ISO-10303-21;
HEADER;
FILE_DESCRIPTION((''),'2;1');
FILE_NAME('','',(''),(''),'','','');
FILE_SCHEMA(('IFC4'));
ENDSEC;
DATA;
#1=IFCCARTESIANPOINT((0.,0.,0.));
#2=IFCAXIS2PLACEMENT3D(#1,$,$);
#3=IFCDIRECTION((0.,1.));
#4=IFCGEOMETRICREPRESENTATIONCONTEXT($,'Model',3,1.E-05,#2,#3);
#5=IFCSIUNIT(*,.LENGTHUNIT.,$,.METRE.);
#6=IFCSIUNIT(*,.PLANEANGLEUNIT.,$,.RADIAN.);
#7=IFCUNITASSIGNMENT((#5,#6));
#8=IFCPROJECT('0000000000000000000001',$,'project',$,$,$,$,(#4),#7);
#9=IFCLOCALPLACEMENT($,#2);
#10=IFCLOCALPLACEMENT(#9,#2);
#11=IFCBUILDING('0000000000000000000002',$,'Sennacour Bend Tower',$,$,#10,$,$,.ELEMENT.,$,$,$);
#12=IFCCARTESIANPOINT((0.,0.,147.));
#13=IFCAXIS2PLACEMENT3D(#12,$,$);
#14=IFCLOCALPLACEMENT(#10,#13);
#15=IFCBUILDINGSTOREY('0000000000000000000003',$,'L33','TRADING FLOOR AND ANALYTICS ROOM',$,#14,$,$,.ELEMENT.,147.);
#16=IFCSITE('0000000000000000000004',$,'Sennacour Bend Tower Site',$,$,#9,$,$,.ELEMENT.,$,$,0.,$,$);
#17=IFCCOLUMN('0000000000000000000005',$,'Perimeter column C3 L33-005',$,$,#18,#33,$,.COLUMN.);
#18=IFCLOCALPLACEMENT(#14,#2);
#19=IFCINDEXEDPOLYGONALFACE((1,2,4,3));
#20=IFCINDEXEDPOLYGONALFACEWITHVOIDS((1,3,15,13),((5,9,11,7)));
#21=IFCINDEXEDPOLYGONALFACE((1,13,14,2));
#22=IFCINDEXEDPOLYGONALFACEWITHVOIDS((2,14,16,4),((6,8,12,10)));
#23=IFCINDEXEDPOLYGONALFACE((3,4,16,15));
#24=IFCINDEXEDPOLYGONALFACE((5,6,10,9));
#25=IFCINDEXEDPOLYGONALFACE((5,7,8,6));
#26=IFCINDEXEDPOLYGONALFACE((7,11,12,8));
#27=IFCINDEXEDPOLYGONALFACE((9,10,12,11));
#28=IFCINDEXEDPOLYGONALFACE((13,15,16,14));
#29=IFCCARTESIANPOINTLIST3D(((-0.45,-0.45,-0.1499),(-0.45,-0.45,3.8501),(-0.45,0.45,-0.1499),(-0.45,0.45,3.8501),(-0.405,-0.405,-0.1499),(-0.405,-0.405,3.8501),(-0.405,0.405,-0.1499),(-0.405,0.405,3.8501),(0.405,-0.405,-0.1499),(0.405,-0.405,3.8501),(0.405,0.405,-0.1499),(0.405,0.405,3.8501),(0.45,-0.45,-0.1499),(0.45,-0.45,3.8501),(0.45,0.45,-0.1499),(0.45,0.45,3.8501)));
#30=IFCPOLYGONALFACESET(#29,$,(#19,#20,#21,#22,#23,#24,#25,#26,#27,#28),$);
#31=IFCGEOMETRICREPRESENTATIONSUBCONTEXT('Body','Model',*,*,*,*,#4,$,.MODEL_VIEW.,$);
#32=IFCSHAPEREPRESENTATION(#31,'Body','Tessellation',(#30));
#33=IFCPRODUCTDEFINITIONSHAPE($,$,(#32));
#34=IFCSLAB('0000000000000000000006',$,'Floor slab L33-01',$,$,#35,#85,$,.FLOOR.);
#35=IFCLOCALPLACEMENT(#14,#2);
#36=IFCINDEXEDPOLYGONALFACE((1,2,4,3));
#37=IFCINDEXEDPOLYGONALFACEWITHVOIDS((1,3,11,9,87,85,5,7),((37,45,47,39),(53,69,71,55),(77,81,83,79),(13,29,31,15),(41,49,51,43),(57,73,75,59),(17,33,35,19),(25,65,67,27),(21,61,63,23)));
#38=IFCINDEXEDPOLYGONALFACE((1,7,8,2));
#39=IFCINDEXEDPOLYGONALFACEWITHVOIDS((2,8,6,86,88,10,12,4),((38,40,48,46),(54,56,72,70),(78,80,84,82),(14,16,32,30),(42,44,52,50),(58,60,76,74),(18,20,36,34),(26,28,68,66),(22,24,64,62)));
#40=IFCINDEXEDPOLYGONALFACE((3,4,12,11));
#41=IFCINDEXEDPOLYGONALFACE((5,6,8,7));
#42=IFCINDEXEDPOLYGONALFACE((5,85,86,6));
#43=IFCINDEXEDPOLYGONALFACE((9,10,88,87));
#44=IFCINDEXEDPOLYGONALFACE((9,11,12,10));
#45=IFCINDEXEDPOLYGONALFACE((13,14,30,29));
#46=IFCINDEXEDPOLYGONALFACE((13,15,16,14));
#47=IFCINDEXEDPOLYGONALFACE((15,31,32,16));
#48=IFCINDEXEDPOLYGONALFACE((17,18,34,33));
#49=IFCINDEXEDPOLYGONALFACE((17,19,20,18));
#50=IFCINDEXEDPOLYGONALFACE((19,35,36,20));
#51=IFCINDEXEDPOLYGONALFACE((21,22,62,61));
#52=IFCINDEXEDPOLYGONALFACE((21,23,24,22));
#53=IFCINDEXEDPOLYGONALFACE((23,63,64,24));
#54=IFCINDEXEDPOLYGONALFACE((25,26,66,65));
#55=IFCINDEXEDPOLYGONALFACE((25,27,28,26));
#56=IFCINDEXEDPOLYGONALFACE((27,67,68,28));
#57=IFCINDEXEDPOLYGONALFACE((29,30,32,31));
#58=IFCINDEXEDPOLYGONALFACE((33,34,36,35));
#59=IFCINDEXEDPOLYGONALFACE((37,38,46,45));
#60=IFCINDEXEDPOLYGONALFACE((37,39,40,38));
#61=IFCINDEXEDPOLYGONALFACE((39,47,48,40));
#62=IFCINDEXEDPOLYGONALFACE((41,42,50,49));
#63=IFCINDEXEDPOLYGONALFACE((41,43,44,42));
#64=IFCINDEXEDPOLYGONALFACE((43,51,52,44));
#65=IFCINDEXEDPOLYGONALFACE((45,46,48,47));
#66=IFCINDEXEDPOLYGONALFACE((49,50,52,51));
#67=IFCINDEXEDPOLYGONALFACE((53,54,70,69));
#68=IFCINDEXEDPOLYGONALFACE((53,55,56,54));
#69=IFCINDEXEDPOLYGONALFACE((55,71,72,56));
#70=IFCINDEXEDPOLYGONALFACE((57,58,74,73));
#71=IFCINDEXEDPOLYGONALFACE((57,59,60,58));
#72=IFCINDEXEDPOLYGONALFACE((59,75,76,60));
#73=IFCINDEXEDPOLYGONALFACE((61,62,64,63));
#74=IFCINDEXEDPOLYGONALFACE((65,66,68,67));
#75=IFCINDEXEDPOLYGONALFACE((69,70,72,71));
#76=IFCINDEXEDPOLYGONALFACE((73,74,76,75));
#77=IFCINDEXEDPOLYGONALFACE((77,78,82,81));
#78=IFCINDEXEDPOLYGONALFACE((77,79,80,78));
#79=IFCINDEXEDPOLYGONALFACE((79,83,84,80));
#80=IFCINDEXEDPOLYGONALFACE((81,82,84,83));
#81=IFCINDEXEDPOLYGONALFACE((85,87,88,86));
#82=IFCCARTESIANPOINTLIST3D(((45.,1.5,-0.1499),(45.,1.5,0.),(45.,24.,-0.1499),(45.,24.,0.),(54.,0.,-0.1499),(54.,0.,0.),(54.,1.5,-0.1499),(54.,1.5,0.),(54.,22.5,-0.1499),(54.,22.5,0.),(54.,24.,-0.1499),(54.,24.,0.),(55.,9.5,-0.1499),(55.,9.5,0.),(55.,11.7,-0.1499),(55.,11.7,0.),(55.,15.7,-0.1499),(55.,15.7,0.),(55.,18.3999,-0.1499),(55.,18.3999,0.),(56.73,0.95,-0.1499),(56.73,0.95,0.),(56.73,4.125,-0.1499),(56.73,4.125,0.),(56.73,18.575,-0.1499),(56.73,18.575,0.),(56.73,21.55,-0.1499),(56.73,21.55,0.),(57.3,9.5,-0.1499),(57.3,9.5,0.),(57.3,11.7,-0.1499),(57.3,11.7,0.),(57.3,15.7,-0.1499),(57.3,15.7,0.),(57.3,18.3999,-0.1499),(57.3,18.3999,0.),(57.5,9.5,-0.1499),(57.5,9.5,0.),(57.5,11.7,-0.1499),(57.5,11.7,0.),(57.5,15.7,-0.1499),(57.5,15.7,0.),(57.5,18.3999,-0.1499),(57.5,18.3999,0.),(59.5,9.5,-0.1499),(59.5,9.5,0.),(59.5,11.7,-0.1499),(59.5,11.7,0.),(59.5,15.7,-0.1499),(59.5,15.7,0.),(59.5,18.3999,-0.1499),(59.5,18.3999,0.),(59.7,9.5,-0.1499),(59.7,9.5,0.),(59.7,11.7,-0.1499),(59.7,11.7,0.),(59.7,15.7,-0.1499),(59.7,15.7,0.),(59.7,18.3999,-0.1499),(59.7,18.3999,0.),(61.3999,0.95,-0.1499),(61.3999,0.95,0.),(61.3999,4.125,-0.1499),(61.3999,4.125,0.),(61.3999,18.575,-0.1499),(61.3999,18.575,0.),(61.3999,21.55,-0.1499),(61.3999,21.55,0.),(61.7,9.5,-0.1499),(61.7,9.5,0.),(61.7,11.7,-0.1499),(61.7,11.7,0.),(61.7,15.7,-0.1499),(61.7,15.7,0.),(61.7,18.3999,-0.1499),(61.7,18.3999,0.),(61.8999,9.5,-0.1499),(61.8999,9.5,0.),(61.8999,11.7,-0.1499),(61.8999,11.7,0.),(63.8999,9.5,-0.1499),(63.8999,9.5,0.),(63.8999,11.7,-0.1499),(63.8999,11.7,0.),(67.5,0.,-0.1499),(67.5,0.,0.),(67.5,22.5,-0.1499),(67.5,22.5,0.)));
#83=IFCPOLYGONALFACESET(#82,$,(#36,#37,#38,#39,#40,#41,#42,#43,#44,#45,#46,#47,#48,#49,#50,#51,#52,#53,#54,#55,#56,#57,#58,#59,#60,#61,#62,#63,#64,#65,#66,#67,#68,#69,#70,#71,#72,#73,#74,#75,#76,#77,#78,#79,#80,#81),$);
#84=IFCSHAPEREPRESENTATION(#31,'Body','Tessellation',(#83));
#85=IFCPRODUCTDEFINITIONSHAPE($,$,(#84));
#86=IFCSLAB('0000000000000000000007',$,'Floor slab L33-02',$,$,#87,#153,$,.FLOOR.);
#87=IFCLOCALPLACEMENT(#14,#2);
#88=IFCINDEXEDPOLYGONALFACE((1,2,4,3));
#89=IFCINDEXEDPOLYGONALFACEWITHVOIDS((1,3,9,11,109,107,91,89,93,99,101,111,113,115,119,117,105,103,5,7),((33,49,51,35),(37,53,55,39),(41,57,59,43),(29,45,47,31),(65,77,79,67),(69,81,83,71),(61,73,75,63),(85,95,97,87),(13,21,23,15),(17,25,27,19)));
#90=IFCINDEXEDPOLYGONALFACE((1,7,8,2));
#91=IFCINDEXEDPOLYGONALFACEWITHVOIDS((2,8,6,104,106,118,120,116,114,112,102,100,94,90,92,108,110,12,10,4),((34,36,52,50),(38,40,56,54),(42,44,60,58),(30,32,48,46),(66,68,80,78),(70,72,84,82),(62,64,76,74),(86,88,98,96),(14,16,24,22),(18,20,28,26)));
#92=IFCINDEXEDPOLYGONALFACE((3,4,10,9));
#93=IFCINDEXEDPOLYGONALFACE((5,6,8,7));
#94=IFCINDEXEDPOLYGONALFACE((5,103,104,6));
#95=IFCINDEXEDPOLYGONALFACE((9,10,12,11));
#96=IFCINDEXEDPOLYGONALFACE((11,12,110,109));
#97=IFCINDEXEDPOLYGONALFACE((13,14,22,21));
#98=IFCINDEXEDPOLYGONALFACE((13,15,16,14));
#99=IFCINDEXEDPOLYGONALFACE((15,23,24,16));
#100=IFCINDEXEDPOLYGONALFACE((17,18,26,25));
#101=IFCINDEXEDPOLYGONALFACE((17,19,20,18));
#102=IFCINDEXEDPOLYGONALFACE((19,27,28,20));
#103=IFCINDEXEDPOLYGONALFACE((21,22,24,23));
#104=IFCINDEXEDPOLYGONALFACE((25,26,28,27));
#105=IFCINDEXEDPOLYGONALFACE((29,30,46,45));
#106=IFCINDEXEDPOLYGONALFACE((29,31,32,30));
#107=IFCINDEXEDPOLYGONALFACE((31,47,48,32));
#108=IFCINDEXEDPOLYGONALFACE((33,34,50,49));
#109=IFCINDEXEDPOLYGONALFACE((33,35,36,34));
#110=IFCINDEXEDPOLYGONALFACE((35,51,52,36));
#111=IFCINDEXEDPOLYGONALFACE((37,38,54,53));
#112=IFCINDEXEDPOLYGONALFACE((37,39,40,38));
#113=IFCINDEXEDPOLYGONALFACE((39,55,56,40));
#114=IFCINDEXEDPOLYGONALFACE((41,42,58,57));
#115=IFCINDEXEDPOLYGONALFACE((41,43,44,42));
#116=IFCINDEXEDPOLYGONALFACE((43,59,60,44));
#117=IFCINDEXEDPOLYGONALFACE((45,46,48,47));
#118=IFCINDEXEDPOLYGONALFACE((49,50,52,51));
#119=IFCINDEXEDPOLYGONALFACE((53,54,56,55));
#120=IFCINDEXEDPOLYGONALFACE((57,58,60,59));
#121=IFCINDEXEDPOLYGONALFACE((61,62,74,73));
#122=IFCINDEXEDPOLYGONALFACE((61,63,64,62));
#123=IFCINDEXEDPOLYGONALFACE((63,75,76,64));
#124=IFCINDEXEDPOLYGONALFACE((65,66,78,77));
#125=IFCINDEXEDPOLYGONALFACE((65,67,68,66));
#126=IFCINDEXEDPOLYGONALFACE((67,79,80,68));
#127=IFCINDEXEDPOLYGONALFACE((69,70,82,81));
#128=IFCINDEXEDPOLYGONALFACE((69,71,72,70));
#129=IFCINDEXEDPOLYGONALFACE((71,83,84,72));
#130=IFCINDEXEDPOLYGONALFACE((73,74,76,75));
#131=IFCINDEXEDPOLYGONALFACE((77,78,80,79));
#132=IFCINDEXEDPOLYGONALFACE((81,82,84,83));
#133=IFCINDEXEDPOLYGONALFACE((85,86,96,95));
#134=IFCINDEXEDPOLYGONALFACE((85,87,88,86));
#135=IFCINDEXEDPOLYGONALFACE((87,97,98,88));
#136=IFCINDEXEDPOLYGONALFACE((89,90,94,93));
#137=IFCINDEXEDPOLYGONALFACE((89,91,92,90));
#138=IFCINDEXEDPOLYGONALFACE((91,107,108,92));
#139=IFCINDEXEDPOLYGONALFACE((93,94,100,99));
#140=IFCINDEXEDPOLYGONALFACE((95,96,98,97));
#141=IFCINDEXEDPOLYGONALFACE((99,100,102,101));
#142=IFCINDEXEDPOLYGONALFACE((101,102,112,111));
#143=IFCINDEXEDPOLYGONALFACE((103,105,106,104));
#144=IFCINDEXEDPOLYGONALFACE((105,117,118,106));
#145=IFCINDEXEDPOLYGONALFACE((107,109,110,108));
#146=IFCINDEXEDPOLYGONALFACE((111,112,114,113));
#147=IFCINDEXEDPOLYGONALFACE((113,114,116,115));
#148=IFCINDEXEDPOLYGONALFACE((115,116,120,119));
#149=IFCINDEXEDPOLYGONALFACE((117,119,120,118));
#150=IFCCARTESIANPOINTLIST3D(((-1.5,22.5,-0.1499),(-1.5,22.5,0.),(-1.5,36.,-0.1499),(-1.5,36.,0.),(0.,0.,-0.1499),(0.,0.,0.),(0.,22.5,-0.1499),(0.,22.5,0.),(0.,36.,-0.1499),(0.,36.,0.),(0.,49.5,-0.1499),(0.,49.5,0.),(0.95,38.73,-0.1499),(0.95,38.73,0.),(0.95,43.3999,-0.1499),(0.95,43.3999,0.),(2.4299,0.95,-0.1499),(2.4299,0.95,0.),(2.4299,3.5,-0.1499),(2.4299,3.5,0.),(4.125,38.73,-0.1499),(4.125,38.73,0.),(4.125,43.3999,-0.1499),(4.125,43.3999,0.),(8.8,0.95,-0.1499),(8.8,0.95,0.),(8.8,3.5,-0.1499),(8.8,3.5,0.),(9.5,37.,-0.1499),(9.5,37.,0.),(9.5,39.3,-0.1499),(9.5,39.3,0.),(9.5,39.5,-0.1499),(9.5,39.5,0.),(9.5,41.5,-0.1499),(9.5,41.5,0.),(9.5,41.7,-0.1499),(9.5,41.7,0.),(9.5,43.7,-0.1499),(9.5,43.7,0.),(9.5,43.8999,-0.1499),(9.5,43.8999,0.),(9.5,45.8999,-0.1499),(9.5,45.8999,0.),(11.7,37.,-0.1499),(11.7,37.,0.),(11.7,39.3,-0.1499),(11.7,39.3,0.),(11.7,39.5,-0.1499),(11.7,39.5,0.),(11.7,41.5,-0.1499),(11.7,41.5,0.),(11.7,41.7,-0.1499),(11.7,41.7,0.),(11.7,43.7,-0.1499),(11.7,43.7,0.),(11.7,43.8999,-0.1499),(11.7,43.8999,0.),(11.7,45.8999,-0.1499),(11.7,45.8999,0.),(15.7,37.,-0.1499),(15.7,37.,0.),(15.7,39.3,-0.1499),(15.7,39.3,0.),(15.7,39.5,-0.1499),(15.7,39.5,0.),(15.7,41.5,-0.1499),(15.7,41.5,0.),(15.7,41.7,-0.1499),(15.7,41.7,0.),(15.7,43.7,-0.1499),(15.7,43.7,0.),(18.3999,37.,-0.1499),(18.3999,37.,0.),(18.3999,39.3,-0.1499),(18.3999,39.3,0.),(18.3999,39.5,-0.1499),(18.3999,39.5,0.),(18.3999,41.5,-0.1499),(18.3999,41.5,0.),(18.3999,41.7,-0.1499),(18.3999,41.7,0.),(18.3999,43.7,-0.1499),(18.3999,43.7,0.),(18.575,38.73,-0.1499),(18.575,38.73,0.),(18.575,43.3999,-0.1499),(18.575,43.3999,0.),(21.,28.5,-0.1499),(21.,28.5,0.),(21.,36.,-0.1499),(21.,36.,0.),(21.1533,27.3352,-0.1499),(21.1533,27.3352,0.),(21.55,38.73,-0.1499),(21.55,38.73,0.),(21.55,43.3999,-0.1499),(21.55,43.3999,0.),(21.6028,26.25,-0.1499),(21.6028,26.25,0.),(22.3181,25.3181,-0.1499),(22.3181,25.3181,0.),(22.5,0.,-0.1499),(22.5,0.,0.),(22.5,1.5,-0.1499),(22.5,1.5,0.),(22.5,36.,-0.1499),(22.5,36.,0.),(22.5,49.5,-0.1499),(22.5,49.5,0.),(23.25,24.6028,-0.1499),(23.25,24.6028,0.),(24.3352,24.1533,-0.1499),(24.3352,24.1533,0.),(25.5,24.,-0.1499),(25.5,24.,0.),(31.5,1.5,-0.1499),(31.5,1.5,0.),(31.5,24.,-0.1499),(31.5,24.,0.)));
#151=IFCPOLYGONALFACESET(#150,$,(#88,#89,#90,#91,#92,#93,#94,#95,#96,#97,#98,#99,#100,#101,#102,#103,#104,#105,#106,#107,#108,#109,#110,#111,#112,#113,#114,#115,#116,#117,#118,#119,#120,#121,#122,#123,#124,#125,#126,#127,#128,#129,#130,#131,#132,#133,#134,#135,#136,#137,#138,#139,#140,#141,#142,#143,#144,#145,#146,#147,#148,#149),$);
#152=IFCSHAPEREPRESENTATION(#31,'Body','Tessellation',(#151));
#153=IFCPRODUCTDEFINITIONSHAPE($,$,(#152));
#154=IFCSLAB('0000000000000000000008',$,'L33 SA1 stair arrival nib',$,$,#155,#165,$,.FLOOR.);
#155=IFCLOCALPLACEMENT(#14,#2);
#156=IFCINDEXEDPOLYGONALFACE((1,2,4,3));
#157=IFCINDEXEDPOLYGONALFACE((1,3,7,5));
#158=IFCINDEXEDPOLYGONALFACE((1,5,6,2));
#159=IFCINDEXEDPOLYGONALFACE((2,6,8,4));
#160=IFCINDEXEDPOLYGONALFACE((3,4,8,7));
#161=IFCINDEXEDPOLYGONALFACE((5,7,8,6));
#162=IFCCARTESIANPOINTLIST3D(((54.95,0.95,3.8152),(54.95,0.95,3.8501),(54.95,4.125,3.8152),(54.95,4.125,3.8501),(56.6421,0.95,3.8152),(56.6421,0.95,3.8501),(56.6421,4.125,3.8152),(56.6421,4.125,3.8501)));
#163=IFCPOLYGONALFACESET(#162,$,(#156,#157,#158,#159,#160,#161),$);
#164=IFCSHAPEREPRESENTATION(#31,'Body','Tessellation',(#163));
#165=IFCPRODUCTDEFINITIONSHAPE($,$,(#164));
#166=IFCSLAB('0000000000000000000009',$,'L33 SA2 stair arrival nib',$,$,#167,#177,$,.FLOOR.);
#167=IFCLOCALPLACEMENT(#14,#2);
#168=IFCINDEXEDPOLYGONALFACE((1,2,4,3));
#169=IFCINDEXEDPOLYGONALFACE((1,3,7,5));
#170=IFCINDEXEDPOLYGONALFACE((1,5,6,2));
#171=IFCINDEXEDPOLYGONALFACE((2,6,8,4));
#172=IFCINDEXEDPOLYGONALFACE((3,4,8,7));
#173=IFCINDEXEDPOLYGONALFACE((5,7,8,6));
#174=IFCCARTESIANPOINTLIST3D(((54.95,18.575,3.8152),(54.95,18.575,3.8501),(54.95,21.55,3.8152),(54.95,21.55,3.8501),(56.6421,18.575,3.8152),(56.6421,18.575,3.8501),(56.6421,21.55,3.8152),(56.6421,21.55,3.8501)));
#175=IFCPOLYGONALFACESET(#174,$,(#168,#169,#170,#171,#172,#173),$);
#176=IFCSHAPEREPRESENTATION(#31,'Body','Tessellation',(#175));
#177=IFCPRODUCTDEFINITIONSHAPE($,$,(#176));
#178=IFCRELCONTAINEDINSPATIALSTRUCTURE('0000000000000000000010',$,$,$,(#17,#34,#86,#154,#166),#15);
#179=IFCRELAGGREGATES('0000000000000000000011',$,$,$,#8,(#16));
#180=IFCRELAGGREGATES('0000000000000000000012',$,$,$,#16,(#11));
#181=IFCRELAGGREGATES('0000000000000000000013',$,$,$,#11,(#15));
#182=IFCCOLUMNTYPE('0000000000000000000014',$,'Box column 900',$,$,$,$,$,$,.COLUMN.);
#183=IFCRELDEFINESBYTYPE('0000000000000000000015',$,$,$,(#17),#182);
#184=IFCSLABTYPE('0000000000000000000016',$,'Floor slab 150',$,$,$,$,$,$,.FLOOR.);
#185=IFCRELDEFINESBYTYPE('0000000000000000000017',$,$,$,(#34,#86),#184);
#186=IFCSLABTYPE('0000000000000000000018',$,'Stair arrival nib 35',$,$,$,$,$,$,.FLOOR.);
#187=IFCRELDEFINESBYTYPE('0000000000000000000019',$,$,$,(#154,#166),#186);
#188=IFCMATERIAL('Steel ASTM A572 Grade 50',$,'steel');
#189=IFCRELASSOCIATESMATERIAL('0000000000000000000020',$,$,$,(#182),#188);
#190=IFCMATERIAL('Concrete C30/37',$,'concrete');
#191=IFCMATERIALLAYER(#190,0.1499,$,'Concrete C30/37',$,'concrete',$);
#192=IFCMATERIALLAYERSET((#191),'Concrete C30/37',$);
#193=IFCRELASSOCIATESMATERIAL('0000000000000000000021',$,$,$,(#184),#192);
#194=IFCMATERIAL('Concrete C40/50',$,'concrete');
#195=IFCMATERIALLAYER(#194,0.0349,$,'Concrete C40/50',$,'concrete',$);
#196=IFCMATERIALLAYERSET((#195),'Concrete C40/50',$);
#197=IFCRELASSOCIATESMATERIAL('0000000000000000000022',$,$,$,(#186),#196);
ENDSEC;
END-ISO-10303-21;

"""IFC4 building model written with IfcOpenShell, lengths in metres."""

from ifc_helpers import new_model, si_unit, direction, frame, origin, origin_2d, place, context, subcontext, project, spatial, polyline, hollow_rectangle, outline, extrude, material, layer, layer_set, material_profile, profile_set, type_object, element, save


model = new_model("IFC4")

# Units and contexts
model_context = context("Model", 3, precision=1e-05, world=origin(), true_north=direction((0.0, 1.0)))
body_context = subcontext(model_context, "Body", "Model", "MODEL_VIEW")
ifc_project = project(units=[si_unit("LENGTHUNIT", "METRE"), si_unit("PLANEANGLEUNIT", "RADIAN")], contexts=[model_context])

# Site, building, storey
site_placement = place(None, origin())
site = spatial("IfcSite", under=ifc_project, at=site_placement, Name="Sennacour Bend Tower Site", CompositionType="ELEMENT", RefElevation=0.0)
building_placement = place(site_placement, origin())
building = spatial("IfcBuilding", under=site, at=building_placement, Name="Sennacour Bend Tower", CompositionType="ELEMENT")
storey_placement = place(building_placement, frame((0.0, 0.0, 147.0)))
storey = spatial("IfcBuildingStorey", under=building, at=storey_placement, Name="L33", Description="TRADING FLOOR AND ANALYTICS ROOM", CompositionType="ELEMENT", Elevation=147.0)

# Column
ifc_material_1 = material(Name="Steel ASTM A572 Grade 50", Category="steel")
ifc_material_profile = material_profile(ifc_material_1, hollow_rectangle(XDim=0.8999, YDim=0.8999, WallThickness=0.0449, at=origin_2d()), Name="Steel ASTM A572 Grade 50", Category="steel")
ifc_profile_set = profile_set([ifc_material_profile], Name="Steel ASTM A572 Grade 50")
column_type = type_object("IfcColumnType", Name="Box column 900", PredefinedType="COLUMN", material=ifc_profile_set)
column_placement = place(storey_placement, frame((0.0, 0.0, -0.1499), z_axis=(0.0, 0.0, 1.0), x_axis=(1.0, 0.0, 0.0)))
element("IfcColumn", 1, at=column_placement, inside=storey, type_object=column_type, Name="Perimeter column C3 L33-005", PredefinedType="COLUMN", context=body_context, shape_type="SweptSolid", body=[
    extrude(hollow_rectangle(XDim=0.8999, YDim=0.8999, WallThickness=0.0449, at=origin_2d()), origin(), (0.0, 0.0, 1.0), 4.0),
])

# Slabs
ifc_material_2 = material(Name="Concrete C30/37", Category="concrete")
ifc_layer_1 = layer(ifc_material_2, 0.1499, Name="Concrete C30/37", Category="concrete")
ifc_layer_set_1 = layer_set([ifc_layer_1], Name="Concrete C30/37")
slab_type_1 = type_object("IfcSlabType", Name="Floor slab 150", PredefinedType="FLOOR", material=ifc_layer_set_1)
slab_1_placement = place(storey_placement, frame((0.0, 0.0, -0.1499)))
element("IfcSlab", 2, at=slab_1_placement, inside=storey, type_object=slab_type_1, Name="Floor slab L33-01", PredefinedType="FLOOR", context=body_context, shape_type="SweptSolid", body=[
    extrude(outline(polyline([(45.0, 24.0), (54.0, 24.0), (54.0, 22.5), (67.5, 22.5), (67.5, 0.0), (54.0, 0.0), (54.0, 1.5), (45.0, 1.5), (45.0, 24.0)]), holes=[polyline([(61.3999, 4.125), (56.73, 4.125), (56.73, 0.95), (61.3999, 0.95), (61.3999, 4.125)]), polyline([(57.3, 11.7), (55.0, 11.7), (55.0, 9.5), (57.3, 9.5), (57.3, 11.7)]), polyline([(59.5, 11.7), (57.5, 11.7), (57.5, 9.5), (59.5, 9.5), (59.5, 11.7)]), polyline([(61.7, 11.7), (59.7, 11.7), (59.7, 9.5), (61.7, 9.5), (61.7, 11.7)]), polyline([(63.8999, 11.7), (61.8999, 11.7), (61.8999, 9.5), (63.8999, 9.5), (63.8999, 11.7)]), polyline([(57.3, 18.3999), (55.0, 18.3999), (55.0, 15.7), (57.3, 15.7), (57.3, 18.3999)]), polyline([(59.5, 18.3999), (57.5, 18.3999), (57.5, 15.7), (59.5, 15.7), (59.5, 18.3999)]), polyline([(61.7, 15.7), (61.7, 18.3999), (59.7, 18.3999), (59.7, 15.7), (61.7, 15.7)]), polyline([(61.3999, 18.575), (61.3999, 21.55), (56.73, 21.55), (56.73, 18.575), (61.3999, 18.575)])]), origin(), (0.0, 0.0, 1.0), 0.1499),
])
slab_2_placement = place(storey_placement, frame((0.0, 0.0, -0.1499)))
element("IfcSlab", 3, at=slab_2_placement, inside=storey, type_object=slab_type_1, Name="Floor slab L33-02", PredefinedType="FLOOR", context=body_context, shape_type="SweptSolid", body=[
    extrude(outline(polyline([(31.5, 1.5), (22.5, 1.5), (22.5, 0.0), (0.0, 0.0), (0.0, 22.5), (-1.5, 22.5), (-1.5, 36.0), (0.0, 36.0), (0.0, 49.5), (22.5, 49.5), (22.5, 36.0), (21.0, 36.0), (21.0, 28.5), (21.1533, 27.3352), (21.6028, 26.25), (22.3181, 25.3181), (23.25, 24.6028), (24.3352, 24.1533), (25.5, 24.0), (31.5, 24.0), (31.5, 1.5)]), holes=[polyline([(8.8, 3.5), (2.4299, 3.5), (2.4299, 0.95), (8.8, 0.95), (8.8, 3.5)]), polyline([(11.7, 39.3), (9.5, 39.3), (9.5, 37.0), (11.7, 37.0), (11.7, 39.3)]), polyline([(18.3999, 39.3), (15.7, 39.3), (15.7, 37.0), (18.3999, 37.0), (18.3999, 39.3)]), polyline([(11.7, 39.5), (11.7, 41.5), (9.5, 41.5), (9.5, 39.5), (11.7, 39.5)]), polyline([(18.3999, 39.5), (18.3999, 41.5), (15.7, 41.5), (15.7, 39.5), (18.3999, 39.5)]), polyline([(4.125, 43.3999), (0.95, 43.3999), (0.95, 38.73), (4.125, 38.73), (4.125, 43.3999)]), polyline([(21.55, 43.3999), (18.575, 43.3999), (18.575, 38.73), (21.55, 38.73), (21.55, 43.3999)]), polyline([(11.7, 43.7), (9.5, 43.7), (9.5, 41.7), (11.7, 41.7), (11.7, 43.7)]), polyline([(18.3999, 41.7), (18.3999, 43.7), (15.7, 43.7), (15.7, 41.7), (18.3999, 41.7)]), polyline([(11.7, 43.8999), (11.7, 45.8999), (9.5, 45.8999), (9.5, 43.8999), (11.7, 43.8999)])]), origin(), (0.0, 0.0, 1.0), 0.1499),
])
ifc_material_3 = material(Name="Concrete C40/50", Category="concrete")
ifc_layer_2 = layer(ifc_material_3, 0.0349, Name="Concrete C40/50", Category="concrete")
ifc_layer_set_2 = layer_set([ifc_layer_2], Name="Concrete C40/50")
slab_type_2 = type_object("IfcSlabType", Name="Stair arrival nib 35", PredefinedType="FLOOR", material=ifc_layer_set_2)
slab_3_placement = place(storey_placement, frame((0.0, 0.0, 3.8152)))
element("IfcSlab", 4, at=slab_3_placement, inside=storey, type_object=slab_type_2, Name="L33 SA1 stair arrival nib", PredefinedType="FLOOR", context=body_context, shape_type="SweptSolid", body=[
    extrude(outline(polyline([(56.6421, 4.125), (54.95, 4.125), (54.95, 0.95), (56.6421, 0.95), (56.6421, 4.125)])), origin(), (0.0, 0.0, 1.0), 0.0349),
])
slab_4_placement = place(storey_placement, frame((0.0, 0.0, 3.8152)))
element("IfcSlab", 5, at=slab_4_placement, inside=storey, type_object=slab_type_2, Name="L33 SA2 stair arrival nib", PredefinedType="FLOOR", context=body_context, shape_type="SweptSolid", body=[
    extrude(outline(polyline([(56.6421, 21.55), (54.95, 21.55), (54.95, 18.575), (56.6421, 18.575), (56.6421, 21.55)])), origin(), (0.0, 0.0, 1.0), 0.0349),
])

save(model, "model.ifc")
